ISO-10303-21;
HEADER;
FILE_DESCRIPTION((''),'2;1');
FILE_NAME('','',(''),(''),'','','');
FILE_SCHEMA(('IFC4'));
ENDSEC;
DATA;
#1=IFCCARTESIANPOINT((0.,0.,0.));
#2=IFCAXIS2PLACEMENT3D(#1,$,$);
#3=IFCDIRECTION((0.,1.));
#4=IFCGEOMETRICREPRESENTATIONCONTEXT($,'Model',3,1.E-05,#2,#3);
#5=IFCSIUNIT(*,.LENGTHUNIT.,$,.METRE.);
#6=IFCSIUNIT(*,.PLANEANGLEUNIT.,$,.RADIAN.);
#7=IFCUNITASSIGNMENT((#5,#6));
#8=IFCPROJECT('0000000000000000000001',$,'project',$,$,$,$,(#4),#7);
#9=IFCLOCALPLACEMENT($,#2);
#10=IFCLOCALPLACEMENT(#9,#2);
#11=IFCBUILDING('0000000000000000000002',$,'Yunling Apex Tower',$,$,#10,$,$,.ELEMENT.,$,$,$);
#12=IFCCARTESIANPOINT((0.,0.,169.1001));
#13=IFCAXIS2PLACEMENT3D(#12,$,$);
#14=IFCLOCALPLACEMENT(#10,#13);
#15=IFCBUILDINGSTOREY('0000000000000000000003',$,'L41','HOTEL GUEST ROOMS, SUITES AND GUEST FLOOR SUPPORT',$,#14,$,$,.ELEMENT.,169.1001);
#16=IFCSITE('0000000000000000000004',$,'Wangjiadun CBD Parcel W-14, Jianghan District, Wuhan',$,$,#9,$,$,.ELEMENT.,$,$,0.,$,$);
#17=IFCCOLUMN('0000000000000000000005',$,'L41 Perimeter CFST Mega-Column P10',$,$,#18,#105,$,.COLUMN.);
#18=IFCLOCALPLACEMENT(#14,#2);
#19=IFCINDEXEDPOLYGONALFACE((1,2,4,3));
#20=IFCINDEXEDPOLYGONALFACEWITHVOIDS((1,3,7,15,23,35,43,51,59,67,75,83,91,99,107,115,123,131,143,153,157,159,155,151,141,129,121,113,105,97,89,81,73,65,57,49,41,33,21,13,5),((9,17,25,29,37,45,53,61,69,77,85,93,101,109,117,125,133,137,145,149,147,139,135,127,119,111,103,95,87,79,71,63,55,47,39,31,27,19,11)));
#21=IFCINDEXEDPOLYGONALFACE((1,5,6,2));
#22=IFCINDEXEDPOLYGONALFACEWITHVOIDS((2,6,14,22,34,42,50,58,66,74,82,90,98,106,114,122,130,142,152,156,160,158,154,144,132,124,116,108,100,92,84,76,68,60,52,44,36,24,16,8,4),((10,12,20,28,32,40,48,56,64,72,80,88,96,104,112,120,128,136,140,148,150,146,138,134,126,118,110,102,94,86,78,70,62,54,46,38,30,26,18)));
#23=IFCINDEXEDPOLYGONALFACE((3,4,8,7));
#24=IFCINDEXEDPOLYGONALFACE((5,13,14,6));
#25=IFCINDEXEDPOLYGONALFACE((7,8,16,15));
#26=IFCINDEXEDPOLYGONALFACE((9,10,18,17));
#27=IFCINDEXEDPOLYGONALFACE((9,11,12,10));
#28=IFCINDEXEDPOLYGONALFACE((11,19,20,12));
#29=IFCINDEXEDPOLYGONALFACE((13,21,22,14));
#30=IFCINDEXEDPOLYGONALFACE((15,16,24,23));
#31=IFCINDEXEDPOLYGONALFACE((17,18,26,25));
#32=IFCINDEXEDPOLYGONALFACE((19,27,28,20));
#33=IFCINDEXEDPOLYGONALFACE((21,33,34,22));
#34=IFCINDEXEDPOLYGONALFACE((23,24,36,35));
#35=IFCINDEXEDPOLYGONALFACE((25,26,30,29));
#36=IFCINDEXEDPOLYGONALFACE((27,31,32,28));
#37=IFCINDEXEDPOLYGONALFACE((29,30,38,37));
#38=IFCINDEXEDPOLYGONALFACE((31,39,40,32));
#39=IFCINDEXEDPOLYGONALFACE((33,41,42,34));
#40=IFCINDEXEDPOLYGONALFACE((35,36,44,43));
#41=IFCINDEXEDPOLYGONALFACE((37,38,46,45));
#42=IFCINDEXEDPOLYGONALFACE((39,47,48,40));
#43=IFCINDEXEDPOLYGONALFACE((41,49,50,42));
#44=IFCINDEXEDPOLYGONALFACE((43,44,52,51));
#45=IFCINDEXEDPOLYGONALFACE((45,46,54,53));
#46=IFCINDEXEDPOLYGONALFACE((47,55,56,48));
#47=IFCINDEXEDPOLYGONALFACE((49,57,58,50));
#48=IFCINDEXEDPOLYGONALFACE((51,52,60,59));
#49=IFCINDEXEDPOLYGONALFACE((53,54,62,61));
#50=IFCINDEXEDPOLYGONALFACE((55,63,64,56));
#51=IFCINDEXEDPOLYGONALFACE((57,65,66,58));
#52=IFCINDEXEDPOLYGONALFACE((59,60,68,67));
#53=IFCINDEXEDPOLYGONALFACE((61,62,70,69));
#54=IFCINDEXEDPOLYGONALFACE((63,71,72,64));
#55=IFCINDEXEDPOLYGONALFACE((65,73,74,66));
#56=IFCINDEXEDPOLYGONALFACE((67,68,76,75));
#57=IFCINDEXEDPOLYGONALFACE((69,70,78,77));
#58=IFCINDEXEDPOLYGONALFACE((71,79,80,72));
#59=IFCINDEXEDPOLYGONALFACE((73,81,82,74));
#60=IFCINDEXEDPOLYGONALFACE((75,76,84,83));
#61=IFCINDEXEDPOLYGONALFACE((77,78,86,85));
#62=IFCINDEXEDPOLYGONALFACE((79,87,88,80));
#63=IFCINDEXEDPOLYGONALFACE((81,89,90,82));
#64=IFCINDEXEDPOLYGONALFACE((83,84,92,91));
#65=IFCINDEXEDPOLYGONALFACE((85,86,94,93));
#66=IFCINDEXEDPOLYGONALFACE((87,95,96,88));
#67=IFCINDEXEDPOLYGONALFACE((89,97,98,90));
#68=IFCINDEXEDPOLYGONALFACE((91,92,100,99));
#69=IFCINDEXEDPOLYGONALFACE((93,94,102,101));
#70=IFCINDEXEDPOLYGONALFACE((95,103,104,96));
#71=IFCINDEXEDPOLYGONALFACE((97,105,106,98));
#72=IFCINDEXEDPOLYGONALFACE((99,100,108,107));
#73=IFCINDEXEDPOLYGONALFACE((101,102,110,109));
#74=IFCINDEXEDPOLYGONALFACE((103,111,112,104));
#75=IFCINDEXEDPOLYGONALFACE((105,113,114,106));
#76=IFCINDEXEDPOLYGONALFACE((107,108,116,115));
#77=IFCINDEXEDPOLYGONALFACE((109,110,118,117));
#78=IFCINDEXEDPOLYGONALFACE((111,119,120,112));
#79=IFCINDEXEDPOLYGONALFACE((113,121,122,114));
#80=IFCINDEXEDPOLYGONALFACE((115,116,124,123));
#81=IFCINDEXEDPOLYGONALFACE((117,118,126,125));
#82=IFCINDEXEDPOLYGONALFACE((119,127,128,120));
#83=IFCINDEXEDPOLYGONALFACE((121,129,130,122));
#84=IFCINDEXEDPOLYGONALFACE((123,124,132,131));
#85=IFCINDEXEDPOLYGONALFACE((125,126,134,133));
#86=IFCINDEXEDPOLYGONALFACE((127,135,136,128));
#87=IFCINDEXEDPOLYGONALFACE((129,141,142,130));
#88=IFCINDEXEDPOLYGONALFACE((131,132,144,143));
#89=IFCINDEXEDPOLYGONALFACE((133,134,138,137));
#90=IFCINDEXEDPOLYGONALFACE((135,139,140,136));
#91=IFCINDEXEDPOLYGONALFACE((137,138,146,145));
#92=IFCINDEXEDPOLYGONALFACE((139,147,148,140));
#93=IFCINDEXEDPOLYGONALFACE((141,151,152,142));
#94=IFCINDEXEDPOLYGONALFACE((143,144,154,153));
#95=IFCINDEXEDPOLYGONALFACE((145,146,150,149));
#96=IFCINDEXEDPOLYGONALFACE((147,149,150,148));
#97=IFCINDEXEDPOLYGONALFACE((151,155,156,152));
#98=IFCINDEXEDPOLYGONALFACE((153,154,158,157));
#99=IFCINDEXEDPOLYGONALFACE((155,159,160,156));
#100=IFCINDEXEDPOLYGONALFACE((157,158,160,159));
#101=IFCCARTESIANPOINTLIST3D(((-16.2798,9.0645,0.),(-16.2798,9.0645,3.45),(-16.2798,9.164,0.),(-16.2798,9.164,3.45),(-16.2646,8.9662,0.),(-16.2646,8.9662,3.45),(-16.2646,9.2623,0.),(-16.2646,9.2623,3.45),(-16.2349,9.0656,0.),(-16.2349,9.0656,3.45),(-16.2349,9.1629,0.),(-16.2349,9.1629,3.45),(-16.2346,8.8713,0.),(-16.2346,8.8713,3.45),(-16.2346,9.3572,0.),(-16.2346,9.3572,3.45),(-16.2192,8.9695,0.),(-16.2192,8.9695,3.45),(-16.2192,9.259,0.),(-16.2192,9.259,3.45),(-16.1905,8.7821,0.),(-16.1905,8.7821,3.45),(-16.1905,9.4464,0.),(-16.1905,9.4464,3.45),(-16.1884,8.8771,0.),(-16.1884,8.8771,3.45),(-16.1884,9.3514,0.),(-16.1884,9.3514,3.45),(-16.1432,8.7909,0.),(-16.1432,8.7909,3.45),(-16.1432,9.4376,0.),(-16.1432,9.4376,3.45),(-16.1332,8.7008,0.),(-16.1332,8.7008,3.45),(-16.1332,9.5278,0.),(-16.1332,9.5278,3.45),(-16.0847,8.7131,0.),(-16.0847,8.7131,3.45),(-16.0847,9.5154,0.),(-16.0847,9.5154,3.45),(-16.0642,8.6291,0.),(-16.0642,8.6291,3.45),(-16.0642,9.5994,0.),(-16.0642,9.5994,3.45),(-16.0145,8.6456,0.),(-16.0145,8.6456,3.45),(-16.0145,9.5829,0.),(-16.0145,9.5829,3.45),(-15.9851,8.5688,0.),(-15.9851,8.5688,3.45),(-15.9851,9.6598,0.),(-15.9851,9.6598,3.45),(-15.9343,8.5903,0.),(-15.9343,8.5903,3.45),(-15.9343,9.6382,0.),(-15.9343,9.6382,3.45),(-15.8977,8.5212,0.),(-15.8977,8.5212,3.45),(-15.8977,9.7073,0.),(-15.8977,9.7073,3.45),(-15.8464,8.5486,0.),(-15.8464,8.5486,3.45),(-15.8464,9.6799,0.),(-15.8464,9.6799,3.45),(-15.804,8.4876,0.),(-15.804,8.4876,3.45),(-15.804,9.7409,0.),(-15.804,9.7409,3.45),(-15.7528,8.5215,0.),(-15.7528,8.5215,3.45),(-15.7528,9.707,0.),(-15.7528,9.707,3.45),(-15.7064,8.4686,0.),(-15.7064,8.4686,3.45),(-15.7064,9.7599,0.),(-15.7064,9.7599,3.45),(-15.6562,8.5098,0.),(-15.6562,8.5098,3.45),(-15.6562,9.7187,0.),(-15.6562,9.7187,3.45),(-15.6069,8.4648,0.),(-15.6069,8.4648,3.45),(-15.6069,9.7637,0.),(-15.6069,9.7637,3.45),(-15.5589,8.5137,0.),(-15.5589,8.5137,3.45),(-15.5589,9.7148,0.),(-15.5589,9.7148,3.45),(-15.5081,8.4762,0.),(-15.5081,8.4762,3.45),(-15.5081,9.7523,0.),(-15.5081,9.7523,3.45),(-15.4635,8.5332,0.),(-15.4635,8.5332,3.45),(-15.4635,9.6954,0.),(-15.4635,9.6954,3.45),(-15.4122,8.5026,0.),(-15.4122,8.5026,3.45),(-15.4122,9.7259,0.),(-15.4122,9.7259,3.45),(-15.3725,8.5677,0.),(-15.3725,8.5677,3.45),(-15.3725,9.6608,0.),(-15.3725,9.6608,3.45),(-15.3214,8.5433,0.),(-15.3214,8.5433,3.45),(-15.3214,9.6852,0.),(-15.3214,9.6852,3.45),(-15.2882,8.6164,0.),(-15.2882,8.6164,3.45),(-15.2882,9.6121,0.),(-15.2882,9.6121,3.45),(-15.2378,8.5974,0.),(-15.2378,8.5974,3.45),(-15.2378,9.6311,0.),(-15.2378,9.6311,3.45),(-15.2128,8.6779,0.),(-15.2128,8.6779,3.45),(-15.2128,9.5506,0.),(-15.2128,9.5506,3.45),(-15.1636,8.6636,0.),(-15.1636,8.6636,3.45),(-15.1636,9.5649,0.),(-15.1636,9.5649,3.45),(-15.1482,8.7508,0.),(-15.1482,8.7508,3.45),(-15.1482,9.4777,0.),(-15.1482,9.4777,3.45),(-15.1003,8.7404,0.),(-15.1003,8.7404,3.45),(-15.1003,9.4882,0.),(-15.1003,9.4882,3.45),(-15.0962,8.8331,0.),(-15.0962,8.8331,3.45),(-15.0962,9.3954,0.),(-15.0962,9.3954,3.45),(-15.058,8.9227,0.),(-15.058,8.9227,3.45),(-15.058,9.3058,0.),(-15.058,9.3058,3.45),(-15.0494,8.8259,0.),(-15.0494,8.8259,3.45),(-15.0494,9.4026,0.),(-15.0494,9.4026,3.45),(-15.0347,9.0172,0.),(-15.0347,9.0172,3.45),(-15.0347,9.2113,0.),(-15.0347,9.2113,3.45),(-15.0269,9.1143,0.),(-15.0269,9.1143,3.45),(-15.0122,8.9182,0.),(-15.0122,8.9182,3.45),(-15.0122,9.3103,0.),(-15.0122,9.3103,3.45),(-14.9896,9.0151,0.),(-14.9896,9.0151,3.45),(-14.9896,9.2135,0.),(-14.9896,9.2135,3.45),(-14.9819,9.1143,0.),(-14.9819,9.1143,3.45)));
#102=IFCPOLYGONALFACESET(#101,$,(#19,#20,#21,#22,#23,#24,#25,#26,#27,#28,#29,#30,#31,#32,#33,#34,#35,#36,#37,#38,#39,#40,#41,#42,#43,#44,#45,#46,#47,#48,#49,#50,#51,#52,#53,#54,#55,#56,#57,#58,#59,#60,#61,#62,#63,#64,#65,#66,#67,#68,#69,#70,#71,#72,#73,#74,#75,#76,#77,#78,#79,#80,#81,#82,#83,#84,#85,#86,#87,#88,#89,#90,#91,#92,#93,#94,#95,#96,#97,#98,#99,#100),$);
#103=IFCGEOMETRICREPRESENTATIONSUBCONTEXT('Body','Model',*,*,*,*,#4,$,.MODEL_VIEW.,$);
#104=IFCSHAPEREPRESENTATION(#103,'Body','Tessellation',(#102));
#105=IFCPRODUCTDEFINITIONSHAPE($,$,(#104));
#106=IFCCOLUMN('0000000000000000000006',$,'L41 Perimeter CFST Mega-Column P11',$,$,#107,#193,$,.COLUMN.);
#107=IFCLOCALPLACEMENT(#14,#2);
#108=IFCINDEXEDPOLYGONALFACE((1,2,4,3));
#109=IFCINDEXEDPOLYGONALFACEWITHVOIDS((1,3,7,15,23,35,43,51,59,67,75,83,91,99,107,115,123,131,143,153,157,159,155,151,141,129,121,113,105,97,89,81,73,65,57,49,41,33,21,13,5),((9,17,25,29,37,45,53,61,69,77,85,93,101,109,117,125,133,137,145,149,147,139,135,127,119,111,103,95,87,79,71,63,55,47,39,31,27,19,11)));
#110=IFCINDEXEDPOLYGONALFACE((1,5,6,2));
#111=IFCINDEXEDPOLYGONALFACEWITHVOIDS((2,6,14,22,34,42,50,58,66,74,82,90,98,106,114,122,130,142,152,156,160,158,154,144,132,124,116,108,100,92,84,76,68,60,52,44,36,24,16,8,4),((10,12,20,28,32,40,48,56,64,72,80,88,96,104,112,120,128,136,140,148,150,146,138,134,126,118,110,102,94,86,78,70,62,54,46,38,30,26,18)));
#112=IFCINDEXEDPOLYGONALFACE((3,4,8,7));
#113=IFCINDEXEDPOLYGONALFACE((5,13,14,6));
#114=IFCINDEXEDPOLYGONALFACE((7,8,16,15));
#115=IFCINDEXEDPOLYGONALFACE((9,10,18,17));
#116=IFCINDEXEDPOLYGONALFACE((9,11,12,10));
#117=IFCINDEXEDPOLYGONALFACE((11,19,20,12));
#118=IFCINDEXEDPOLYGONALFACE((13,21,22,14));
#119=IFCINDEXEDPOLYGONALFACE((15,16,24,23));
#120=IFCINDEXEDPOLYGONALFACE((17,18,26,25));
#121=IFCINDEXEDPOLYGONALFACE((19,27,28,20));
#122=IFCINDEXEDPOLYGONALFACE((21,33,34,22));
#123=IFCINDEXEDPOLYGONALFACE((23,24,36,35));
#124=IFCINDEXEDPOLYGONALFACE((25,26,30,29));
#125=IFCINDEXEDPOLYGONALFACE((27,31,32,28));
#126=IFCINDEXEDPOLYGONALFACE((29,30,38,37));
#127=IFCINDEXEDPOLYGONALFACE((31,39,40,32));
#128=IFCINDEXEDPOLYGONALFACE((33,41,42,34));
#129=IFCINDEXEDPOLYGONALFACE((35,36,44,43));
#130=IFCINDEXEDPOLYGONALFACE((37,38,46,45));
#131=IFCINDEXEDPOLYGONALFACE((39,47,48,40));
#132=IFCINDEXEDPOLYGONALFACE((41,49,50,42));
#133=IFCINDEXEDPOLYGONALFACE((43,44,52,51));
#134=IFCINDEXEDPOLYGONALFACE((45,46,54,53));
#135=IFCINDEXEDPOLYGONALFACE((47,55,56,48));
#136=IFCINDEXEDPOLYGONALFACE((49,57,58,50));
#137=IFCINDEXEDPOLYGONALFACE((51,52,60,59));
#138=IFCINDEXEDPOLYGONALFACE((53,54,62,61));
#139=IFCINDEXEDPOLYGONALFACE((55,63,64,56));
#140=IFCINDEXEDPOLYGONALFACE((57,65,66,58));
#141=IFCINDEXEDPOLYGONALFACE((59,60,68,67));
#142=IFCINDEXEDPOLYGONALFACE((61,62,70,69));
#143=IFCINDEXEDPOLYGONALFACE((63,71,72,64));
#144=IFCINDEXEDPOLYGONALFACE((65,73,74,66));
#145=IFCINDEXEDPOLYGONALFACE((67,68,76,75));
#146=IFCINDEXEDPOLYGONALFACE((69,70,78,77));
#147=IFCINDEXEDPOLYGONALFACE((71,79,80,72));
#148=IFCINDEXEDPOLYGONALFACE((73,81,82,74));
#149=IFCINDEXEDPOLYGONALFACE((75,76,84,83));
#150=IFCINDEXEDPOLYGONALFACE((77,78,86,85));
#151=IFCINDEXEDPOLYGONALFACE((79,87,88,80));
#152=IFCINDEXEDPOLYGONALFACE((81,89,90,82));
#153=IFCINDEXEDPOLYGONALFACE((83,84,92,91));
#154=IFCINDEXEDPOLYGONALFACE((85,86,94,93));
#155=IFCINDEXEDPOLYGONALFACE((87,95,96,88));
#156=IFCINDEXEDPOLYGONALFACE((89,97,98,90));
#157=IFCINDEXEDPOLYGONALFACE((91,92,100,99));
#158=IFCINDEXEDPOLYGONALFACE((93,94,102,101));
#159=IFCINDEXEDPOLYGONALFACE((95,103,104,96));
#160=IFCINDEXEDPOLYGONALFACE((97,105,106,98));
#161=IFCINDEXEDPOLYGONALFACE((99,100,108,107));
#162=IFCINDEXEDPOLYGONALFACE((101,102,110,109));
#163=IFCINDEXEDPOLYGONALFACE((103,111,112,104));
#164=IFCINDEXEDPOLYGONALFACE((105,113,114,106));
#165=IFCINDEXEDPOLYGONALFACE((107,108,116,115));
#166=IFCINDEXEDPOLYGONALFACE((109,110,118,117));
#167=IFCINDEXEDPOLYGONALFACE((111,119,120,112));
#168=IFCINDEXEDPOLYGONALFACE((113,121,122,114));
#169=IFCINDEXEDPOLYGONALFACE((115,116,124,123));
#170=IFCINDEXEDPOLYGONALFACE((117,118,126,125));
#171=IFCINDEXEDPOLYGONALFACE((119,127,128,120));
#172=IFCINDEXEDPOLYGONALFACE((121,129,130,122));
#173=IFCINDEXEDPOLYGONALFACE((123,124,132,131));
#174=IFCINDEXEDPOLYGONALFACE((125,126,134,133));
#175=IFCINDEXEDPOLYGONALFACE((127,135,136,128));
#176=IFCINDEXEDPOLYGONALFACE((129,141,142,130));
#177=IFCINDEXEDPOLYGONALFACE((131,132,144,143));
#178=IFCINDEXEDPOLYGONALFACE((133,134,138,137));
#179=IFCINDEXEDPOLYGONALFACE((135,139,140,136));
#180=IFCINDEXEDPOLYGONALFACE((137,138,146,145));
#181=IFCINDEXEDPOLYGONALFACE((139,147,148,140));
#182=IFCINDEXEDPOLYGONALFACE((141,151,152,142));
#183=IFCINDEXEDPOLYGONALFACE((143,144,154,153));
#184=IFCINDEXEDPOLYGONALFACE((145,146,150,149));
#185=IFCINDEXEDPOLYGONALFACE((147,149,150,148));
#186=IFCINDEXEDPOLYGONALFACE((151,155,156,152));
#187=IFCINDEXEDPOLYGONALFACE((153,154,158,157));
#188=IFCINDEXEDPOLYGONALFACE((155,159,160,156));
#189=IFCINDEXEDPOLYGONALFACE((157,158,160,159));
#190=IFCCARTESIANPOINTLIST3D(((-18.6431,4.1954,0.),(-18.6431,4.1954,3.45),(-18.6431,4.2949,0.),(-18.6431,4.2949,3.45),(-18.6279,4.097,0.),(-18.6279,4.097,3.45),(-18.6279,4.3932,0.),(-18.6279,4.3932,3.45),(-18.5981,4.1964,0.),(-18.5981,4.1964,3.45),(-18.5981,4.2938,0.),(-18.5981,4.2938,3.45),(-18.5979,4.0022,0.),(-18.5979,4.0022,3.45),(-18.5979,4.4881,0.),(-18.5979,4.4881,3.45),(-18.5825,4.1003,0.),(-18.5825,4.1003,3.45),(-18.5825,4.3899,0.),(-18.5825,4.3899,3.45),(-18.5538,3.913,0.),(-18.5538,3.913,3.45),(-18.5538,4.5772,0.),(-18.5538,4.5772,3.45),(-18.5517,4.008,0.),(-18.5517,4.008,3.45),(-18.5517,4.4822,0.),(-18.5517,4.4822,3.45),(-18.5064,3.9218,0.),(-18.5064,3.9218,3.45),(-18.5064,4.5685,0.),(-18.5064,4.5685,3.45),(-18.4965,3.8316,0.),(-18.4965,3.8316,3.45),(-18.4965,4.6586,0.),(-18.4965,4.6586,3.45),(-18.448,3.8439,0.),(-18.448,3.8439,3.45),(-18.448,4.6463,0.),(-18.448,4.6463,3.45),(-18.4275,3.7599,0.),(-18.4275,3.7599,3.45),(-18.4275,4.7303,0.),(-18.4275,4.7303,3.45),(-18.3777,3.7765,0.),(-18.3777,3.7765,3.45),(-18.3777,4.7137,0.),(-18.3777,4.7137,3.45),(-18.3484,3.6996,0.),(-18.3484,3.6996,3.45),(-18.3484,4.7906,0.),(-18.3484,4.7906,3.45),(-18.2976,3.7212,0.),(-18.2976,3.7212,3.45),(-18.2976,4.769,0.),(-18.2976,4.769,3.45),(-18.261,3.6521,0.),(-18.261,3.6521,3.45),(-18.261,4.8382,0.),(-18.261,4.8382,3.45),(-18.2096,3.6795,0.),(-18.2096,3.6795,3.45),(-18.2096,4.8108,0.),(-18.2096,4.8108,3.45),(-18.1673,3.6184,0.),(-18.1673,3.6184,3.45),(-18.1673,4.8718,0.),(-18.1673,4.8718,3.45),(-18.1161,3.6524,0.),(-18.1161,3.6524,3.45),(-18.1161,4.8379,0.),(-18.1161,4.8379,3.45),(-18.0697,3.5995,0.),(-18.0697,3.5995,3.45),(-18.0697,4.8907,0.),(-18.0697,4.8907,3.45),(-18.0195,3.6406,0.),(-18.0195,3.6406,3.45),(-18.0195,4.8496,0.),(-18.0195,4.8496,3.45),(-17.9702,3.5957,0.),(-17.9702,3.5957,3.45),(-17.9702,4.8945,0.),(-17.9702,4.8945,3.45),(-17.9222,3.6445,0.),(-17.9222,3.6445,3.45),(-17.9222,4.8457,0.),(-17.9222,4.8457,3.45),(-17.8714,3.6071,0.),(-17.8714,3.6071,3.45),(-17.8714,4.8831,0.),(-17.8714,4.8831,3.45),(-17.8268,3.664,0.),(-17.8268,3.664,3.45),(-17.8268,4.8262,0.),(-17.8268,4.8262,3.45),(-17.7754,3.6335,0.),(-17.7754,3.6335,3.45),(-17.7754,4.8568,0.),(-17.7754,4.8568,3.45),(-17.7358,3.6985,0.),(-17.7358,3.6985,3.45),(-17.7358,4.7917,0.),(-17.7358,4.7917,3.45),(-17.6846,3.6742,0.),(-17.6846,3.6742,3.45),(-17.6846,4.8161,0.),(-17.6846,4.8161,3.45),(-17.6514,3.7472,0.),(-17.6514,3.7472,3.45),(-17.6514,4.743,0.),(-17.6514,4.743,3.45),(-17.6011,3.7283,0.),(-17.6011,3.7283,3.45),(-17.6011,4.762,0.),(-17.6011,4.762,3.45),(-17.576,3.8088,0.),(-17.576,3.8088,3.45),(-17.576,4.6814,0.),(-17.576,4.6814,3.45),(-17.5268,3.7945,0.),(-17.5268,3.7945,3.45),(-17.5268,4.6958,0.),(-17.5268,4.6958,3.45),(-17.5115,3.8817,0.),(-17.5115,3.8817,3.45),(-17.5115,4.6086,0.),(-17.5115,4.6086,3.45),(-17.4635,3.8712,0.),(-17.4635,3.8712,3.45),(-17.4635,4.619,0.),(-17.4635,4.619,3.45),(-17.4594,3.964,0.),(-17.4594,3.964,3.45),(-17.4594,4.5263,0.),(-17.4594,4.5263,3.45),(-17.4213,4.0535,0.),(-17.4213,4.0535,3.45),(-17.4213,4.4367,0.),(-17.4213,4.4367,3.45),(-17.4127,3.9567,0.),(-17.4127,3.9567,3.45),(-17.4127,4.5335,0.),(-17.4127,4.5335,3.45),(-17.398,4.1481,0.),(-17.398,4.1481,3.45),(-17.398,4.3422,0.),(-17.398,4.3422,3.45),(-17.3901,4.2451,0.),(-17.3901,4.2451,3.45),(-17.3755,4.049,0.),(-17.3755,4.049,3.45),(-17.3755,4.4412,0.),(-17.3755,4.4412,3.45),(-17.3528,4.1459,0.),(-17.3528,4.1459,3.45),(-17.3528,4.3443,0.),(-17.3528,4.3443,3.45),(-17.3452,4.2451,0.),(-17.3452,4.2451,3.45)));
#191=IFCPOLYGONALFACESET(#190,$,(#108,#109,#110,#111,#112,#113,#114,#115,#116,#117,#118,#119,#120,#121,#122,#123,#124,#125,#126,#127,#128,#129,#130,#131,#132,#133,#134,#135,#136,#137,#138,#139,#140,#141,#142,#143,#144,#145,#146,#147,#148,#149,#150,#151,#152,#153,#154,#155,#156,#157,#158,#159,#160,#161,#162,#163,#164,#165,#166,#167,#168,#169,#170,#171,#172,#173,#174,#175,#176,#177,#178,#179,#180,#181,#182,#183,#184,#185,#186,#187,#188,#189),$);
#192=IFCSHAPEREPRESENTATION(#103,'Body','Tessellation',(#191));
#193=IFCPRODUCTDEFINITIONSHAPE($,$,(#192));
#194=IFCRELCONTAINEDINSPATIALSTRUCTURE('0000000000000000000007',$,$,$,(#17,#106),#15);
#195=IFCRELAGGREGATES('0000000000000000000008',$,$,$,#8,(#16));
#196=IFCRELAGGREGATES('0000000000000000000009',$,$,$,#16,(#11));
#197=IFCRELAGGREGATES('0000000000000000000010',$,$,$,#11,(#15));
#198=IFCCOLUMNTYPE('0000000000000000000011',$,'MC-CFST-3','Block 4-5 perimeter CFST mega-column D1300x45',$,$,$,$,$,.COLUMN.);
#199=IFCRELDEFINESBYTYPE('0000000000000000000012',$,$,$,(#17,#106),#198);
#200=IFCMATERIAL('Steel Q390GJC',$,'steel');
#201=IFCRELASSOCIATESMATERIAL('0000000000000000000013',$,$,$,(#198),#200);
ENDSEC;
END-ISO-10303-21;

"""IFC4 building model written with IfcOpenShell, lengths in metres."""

from ifc_helpers import new_model, si_unit, direction, frame, origin, origin_2d, place, context, subcontext, project, spatial, hollow_circle, extrude, source, transform, mapped, material, material_profile, profile_set, type_object, element, save


model = new_model("IFC4")

# Units and contexts
model_context = context("Model", 3, precision=1e-05, world=origin(), true_north=direction((0.0, 1.0)))
body_context = subcontext(model_context, "Body", "Model", "MODEL_VIEW")
ifc_project = project(units=[si_unit("LENGTHUNIT", "METRE"), si_unit("PLANEANGLEUNIT", "RADIAN")], contexts=[model_context])

# Site, building, storey
site_placement = place(None, origin())
site = spatial("IfcSite", under=ifc_project, at=site_placement, Name="Wangjiadun CBD Parcel W-14, Jianghan District, Wuhan", CompositionType="ELEMENT", RefElevation=0.0)
building_placement = place(site_placement, origin())
building = spatial("IfcBuilding", under=site, at=building_placement, Name="Yunling Apex Tower", CompositionType="ELEMENT")
storey_placement = place(building_placement, frame((0.0, 0.0, 169.1001)))
storey = spatial("IfcBuildingStorey", under=building, at=storey_placement, Name="L41", Description="HOTEL GUEST ROOMS, SUITES AND GUEST FLOOR SUPPORT", CompositionType="ELEMENT", Elevation=169.1001)

# Columns
ifc_material_1 = material(Name="Steel Q390GJC", Category="steel")
ifc_material_profile_1 = material_profile(ifc_material_1, hollow_circle(Radius=0.6499, WallThickness=0.0449, at=origin_2d()))
ifc_profile_set_1 = profile_set([ifc_material_profile_1], Name="Steel Q390GJC")
column_type = type_object("IfcColumnType", Name="MC-CFST-3", Description="Block 4-5 perimeter CFST mega-column D1300x45", PredefinedType="COLUMN", material=ifc_profile_set_1)
shared_shape_1 = source(origin(), body_context, "Body", "SweptSolid", [
    extrude(hollow_circle(Radius=0.6499, WallThickness=0.0449, at=origin_2d()), origin(), (0.0, 0.0, 1.0), 3.45),
])
for number, where, z_axis, x_axis, name in (
    (1, (-15.6318, 9.1143, 0.0), (0.0, 0.0, 1.0), (1.0, 0.0, 0.0), "L41 Perimeter CFST Mega-Column P10"),
    (2, (-17.9951, 4.2451, 0.0), (0.0, 0.0, 1.0), (1.0, 0.0, 0.0), "L41 Perimeter CFST Mega-Column P11"),
):
    element("IfcColumn", number, at=place(storey_placement, frame(where, z_axis=z_axis, x_axis=x_axis)), inside=storey, type_object=column_type, Name=name, PredefinedType="COLUMN", context=body_context, shape_type="MappedRepresentation", body=[
        mapped(shared_shape_1, transform((0.0, 0.0, 0.0), scale=1.0)),
    ])

save(model, "model.ifc")
